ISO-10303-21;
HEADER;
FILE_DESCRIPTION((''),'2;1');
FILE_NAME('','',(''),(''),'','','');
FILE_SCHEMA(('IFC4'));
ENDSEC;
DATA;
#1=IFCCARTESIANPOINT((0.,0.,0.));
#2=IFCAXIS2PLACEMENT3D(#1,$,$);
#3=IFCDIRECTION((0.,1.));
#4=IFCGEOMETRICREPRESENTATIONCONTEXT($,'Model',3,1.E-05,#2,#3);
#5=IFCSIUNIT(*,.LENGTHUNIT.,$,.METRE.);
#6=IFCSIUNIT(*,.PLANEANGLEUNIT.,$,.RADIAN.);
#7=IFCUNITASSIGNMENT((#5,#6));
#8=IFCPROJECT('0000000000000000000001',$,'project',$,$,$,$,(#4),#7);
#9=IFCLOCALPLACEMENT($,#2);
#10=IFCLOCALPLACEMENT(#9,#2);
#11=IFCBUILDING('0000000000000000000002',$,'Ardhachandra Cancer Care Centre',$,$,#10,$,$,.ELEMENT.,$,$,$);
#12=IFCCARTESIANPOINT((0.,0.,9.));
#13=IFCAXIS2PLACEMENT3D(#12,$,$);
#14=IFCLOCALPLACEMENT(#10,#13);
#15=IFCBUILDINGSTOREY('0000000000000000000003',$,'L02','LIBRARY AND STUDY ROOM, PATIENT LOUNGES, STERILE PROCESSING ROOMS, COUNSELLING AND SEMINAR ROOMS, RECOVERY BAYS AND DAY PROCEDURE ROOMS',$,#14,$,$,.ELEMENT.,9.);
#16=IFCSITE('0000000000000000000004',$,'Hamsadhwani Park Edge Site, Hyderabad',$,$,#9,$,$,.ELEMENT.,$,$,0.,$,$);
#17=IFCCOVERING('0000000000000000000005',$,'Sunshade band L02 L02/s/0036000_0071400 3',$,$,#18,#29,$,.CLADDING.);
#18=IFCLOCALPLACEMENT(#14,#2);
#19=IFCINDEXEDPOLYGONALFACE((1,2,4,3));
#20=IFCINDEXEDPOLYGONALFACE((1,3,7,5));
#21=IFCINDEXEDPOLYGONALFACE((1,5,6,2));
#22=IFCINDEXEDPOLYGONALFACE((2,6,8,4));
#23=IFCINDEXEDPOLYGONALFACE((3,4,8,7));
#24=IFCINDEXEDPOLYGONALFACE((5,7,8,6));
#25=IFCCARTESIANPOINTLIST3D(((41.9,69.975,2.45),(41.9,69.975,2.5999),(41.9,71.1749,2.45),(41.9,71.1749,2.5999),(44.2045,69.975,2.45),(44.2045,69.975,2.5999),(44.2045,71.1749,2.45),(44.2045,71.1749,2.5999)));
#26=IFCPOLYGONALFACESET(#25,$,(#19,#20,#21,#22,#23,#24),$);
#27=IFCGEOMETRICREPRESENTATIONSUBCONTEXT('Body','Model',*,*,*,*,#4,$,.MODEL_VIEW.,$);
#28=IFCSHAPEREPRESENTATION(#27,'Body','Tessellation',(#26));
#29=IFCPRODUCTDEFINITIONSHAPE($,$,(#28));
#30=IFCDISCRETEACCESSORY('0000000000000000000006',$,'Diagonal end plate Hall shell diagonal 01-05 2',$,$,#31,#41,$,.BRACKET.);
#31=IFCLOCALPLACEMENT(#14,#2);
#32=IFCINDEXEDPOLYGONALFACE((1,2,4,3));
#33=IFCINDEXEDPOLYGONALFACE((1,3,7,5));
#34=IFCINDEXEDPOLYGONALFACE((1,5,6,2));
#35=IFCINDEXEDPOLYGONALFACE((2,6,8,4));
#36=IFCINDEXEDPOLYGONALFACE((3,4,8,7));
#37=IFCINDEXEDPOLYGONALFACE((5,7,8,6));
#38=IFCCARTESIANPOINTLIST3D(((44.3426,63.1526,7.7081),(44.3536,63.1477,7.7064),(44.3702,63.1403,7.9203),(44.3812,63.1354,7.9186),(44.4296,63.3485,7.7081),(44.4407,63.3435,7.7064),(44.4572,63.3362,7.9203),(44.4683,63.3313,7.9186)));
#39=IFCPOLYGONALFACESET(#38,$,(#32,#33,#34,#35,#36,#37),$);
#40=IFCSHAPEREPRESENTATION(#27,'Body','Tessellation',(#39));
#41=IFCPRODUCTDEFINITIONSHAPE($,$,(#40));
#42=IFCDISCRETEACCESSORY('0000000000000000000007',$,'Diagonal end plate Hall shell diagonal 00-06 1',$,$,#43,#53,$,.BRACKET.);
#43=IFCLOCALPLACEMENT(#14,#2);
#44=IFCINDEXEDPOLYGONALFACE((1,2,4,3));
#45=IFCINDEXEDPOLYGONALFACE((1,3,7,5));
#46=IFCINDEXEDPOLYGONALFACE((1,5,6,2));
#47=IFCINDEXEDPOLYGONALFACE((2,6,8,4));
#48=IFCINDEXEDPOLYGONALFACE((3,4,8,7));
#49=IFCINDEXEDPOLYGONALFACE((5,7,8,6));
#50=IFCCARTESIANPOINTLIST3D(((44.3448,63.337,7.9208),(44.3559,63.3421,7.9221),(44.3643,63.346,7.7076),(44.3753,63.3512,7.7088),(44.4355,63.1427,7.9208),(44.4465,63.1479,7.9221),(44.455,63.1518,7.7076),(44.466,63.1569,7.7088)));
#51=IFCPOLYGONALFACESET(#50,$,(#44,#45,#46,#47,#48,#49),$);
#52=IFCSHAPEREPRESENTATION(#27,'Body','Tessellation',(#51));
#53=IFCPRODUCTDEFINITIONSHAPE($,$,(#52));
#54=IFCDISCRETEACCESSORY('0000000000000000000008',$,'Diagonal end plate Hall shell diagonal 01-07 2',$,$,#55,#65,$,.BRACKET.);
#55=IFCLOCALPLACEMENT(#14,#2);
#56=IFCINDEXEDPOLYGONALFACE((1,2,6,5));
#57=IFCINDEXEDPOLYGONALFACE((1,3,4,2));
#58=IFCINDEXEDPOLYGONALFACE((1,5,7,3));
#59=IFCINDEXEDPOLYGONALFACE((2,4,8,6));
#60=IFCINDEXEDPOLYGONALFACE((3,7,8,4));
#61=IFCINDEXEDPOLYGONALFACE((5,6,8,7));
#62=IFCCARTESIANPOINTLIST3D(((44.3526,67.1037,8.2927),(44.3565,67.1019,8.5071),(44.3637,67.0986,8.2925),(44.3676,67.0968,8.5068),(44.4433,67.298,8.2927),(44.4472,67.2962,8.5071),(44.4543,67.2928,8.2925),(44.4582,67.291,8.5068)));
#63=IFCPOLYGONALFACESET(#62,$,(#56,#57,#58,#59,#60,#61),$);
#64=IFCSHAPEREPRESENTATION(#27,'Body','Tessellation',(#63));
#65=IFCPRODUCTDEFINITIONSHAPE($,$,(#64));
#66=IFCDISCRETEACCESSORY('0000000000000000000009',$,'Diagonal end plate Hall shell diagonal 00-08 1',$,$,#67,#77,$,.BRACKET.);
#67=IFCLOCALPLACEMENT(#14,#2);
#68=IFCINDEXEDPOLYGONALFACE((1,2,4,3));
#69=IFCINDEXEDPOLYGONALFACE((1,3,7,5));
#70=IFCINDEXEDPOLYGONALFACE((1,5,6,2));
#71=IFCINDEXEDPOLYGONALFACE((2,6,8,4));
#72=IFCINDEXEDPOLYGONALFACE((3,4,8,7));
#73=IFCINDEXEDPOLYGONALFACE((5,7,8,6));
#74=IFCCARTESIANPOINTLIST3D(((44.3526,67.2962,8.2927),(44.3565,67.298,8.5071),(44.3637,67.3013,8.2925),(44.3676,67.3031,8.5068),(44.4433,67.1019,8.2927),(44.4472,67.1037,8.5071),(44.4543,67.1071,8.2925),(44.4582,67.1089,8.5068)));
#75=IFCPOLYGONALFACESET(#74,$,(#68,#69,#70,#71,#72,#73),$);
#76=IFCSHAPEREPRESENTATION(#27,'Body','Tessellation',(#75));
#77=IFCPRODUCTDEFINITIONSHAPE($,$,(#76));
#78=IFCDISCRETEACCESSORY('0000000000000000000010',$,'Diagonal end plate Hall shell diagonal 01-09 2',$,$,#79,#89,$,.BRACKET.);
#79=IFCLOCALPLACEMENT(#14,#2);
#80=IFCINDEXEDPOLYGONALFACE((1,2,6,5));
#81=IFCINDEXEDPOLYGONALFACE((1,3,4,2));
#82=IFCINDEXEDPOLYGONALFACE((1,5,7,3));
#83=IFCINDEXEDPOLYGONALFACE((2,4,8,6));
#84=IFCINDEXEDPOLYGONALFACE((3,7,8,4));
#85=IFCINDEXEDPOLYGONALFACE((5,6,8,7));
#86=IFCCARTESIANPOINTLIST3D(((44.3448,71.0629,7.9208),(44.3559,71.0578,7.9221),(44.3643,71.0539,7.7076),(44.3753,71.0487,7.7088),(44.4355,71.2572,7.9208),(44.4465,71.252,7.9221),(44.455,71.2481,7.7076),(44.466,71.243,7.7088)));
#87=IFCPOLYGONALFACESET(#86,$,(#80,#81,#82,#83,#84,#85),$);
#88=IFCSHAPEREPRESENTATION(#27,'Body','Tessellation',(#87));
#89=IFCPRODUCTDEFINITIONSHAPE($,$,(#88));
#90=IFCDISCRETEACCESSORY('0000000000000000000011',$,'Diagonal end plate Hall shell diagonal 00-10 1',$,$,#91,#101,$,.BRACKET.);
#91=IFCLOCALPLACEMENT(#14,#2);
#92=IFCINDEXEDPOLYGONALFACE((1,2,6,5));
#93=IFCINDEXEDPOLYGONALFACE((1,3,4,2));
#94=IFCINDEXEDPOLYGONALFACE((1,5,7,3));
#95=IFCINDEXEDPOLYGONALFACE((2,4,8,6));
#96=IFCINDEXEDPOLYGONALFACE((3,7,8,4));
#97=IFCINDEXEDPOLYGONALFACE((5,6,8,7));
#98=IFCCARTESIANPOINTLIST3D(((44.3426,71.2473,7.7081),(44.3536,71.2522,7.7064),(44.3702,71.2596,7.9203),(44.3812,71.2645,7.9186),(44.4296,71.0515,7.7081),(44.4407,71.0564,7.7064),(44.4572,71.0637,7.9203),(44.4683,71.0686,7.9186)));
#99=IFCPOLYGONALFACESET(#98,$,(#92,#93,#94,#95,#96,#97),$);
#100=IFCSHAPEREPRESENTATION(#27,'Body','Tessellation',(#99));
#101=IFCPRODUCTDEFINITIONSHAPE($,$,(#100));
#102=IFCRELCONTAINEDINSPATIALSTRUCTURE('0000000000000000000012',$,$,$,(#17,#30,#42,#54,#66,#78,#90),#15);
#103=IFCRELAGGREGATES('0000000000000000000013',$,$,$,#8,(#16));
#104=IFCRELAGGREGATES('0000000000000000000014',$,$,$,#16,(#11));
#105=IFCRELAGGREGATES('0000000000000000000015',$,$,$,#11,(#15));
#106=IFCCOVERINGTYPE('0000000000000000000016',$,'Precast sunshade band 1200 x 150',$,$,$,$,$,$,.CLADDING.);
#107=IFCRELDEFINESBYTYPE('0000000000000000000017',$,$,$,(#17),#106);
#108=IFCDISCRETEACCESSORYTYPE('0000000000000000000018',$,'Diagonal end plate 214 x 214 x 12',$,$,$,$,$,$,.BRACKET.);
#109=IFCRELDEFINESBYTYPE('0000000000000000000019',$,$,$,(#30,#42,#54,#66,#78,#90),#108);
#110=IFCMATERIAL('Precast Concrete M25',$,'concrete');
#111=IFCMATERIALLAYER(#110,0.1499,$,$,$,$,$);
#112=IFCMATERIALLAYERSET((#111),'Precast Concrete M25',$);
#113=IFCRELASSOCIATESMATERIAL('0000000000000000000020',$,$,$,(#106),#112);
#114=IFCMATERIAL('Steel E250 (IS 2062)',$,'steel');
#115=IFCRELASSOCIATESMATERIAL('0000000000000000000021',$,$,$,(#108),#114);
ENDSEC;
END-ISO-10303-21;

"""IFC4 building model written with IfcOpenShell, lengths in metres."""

from ifc_helpers import new_model, si_unit, direction, frame, origin, origin_2d, place, context, subcontext, project, spatial, rectangle, extrude, material, layer, layer_set, material_profile, profile_set, type_object, element, save


model = new_model("IFC4")

# Units and contexts
model_context = context("Model", 3, precision=1e-05, world=origin(), true_north=direction((0.0, 1.0)))
body_context = subcontext(model_context, "Body", "Model", "MODEL_VIEW")
ifc_project = project(units=[si_unit("LENGTHUNIT", "METRE"), si_unit("PLANEANGLEUNIT", "RADIAN")], contexts=[model_context])

# Site, building, storey
site_placement = place(None, origin())
site = spatial("IfcSite", under=ifc_project, at=site_placement, Name="Hamsadhwani Park Edge Site, Hyderabad", CompositionType="ELEMENT", RefElevation=0.0)
building_placement = place(site_placement, origin())
building = spatial("IfcBuilding", under=site, at=building_placement, Name="Ardhachandra Cancer Care Centre", CompositionType="ELEMENT")
storey_placement = place(building_placement, frame((0.0, 0.0, 9.0)))
storey = spatial("IfcBuildingStorey", under=building, at=storey_placement, Name="L02", Description="LIBRARY AND STUDY ROOM, PATIENT LOUNGES, STERILE PROCESSING ROOMS, COUNSELLING AND SEMINAR ROOMS, RECOVERY BAYS AND DAY PROCEDURE ROOMS", CompositionType="ELEMENT", Elevation=9.0)

# Covering
ifc_material_1 = material(Name="Precast Concrete M25", Category="concrete")
ifc_layer_1 = layer(ifc_material_1, 0.1499)
ifc_layer_set_1 = layer_set([ifc_layer_1], Name="Precast Concrete M25")
covering_type_1 = type_object("IfcCoveringType", Name="Precast sunshade band 1200 x 150", PredefinedType="CLADDING", material=ifc_layer_set_1)
covering_1_placement = place(storey_placement, frame((43.0522, 70.575, 2.45), z_axis=(0.0, 0.0, 1.0), x_axis=(1.0, 0.0, 0.0)))
element("IfcCovering", 1, at=covering_1_placement, inside=storey, type_object=covering_type_1, Name="Sunshade band L02 L02/s/0036000_0071400 3", PredefinedType="CLADDING", context=body_context, shape_type="SweptSolid", body=[
    extrude(rectangle(XDim=2.3044, YDim=1.2, at=origin_2d()), origin(), (0.0, 0.0, 1.0), 0.1499),
])

# Discrete accessories
ifc_material_2 = material(Name="Steel E250 (IS 2062)", Category="steel")
ifc_material_profile_1 = material_profile(ifc_material_2, rectangle(XDim=0.2144, YDim=0.2144, at=origin_2d()), Name="PL 214x214x12")
ifc_profile_set_1 = profile_set([ifc_material_profile_1], Name="Steel E250 (IS 2062)")
discrete_accessory_type = type_object("IfcDiscreteAccessoryType", Name="Diagonal end plate 214 x 214 x 12", PredefinedType="BRACKET", material=ifc_profile_set_1)
for number, where, z_axis, x_axis, name in (
    (2, (44.3999, 63.2444, 7.8142), (0.904717, -0.402096, -0.140734), (0.406138, 0.913812, 0.0), "Diagonal end plate Hall shell diagonal 01-05 2"),
    (3, (44.3999, 63.2444, 7.8142), (0.901624, 0.420758, 0.10018), (-0.422885, 0.906183, 0.0), "Diagonal end plate Hall shell diagonal 00-06 1"),
    (4, (44.3999, 67.2, 8.3999), (0.905999, -0.4228, -0.020133), (0.422885, 0.906183, 0.0), "Diagonal end plate Hall shell diagonal 01-07 2"),
    (5, (44.3999, 67.2, 8.3999), (0.905999, 0.4228, -0.020133), (-0.422885, 0.906183, 0.0), "Diagonal end plate Hall shell diagonal 00-08 1"),
    (6, (44.3999, 71.1555, 7.8142), (0.901624, -0.420758, 0.10018), (0.422885, 0.906183, 0.0), "Diagonal end plate Hall shell diagonal 01-09 2"),
    (7, (44.3999, 71.1555, 7.8142), (0.904717, 0.402096, -0.140734), (-0.406138, 0.913812, 0.0), "Diagonal end plate Hall shell diagonal 00-10 1"),
):
    element("IfcDiscreteAccessory", number, at=place(storey_placement, frame(where, z_axis=z_axis, x_axis=x_axis)), inside=storey, type_object=discrete_accessory_type, Name=name, PredefinedType="BRACKET", context=body_context, shape_type="SweptSolid", body=[
        extrude(rectangle(XDim=0.2144, YDim=0.2144, at=origin_2d()), origin(), (0.0, 0.0, 1.0), 0.0122),
    ])

save(model, "model.ifc")
